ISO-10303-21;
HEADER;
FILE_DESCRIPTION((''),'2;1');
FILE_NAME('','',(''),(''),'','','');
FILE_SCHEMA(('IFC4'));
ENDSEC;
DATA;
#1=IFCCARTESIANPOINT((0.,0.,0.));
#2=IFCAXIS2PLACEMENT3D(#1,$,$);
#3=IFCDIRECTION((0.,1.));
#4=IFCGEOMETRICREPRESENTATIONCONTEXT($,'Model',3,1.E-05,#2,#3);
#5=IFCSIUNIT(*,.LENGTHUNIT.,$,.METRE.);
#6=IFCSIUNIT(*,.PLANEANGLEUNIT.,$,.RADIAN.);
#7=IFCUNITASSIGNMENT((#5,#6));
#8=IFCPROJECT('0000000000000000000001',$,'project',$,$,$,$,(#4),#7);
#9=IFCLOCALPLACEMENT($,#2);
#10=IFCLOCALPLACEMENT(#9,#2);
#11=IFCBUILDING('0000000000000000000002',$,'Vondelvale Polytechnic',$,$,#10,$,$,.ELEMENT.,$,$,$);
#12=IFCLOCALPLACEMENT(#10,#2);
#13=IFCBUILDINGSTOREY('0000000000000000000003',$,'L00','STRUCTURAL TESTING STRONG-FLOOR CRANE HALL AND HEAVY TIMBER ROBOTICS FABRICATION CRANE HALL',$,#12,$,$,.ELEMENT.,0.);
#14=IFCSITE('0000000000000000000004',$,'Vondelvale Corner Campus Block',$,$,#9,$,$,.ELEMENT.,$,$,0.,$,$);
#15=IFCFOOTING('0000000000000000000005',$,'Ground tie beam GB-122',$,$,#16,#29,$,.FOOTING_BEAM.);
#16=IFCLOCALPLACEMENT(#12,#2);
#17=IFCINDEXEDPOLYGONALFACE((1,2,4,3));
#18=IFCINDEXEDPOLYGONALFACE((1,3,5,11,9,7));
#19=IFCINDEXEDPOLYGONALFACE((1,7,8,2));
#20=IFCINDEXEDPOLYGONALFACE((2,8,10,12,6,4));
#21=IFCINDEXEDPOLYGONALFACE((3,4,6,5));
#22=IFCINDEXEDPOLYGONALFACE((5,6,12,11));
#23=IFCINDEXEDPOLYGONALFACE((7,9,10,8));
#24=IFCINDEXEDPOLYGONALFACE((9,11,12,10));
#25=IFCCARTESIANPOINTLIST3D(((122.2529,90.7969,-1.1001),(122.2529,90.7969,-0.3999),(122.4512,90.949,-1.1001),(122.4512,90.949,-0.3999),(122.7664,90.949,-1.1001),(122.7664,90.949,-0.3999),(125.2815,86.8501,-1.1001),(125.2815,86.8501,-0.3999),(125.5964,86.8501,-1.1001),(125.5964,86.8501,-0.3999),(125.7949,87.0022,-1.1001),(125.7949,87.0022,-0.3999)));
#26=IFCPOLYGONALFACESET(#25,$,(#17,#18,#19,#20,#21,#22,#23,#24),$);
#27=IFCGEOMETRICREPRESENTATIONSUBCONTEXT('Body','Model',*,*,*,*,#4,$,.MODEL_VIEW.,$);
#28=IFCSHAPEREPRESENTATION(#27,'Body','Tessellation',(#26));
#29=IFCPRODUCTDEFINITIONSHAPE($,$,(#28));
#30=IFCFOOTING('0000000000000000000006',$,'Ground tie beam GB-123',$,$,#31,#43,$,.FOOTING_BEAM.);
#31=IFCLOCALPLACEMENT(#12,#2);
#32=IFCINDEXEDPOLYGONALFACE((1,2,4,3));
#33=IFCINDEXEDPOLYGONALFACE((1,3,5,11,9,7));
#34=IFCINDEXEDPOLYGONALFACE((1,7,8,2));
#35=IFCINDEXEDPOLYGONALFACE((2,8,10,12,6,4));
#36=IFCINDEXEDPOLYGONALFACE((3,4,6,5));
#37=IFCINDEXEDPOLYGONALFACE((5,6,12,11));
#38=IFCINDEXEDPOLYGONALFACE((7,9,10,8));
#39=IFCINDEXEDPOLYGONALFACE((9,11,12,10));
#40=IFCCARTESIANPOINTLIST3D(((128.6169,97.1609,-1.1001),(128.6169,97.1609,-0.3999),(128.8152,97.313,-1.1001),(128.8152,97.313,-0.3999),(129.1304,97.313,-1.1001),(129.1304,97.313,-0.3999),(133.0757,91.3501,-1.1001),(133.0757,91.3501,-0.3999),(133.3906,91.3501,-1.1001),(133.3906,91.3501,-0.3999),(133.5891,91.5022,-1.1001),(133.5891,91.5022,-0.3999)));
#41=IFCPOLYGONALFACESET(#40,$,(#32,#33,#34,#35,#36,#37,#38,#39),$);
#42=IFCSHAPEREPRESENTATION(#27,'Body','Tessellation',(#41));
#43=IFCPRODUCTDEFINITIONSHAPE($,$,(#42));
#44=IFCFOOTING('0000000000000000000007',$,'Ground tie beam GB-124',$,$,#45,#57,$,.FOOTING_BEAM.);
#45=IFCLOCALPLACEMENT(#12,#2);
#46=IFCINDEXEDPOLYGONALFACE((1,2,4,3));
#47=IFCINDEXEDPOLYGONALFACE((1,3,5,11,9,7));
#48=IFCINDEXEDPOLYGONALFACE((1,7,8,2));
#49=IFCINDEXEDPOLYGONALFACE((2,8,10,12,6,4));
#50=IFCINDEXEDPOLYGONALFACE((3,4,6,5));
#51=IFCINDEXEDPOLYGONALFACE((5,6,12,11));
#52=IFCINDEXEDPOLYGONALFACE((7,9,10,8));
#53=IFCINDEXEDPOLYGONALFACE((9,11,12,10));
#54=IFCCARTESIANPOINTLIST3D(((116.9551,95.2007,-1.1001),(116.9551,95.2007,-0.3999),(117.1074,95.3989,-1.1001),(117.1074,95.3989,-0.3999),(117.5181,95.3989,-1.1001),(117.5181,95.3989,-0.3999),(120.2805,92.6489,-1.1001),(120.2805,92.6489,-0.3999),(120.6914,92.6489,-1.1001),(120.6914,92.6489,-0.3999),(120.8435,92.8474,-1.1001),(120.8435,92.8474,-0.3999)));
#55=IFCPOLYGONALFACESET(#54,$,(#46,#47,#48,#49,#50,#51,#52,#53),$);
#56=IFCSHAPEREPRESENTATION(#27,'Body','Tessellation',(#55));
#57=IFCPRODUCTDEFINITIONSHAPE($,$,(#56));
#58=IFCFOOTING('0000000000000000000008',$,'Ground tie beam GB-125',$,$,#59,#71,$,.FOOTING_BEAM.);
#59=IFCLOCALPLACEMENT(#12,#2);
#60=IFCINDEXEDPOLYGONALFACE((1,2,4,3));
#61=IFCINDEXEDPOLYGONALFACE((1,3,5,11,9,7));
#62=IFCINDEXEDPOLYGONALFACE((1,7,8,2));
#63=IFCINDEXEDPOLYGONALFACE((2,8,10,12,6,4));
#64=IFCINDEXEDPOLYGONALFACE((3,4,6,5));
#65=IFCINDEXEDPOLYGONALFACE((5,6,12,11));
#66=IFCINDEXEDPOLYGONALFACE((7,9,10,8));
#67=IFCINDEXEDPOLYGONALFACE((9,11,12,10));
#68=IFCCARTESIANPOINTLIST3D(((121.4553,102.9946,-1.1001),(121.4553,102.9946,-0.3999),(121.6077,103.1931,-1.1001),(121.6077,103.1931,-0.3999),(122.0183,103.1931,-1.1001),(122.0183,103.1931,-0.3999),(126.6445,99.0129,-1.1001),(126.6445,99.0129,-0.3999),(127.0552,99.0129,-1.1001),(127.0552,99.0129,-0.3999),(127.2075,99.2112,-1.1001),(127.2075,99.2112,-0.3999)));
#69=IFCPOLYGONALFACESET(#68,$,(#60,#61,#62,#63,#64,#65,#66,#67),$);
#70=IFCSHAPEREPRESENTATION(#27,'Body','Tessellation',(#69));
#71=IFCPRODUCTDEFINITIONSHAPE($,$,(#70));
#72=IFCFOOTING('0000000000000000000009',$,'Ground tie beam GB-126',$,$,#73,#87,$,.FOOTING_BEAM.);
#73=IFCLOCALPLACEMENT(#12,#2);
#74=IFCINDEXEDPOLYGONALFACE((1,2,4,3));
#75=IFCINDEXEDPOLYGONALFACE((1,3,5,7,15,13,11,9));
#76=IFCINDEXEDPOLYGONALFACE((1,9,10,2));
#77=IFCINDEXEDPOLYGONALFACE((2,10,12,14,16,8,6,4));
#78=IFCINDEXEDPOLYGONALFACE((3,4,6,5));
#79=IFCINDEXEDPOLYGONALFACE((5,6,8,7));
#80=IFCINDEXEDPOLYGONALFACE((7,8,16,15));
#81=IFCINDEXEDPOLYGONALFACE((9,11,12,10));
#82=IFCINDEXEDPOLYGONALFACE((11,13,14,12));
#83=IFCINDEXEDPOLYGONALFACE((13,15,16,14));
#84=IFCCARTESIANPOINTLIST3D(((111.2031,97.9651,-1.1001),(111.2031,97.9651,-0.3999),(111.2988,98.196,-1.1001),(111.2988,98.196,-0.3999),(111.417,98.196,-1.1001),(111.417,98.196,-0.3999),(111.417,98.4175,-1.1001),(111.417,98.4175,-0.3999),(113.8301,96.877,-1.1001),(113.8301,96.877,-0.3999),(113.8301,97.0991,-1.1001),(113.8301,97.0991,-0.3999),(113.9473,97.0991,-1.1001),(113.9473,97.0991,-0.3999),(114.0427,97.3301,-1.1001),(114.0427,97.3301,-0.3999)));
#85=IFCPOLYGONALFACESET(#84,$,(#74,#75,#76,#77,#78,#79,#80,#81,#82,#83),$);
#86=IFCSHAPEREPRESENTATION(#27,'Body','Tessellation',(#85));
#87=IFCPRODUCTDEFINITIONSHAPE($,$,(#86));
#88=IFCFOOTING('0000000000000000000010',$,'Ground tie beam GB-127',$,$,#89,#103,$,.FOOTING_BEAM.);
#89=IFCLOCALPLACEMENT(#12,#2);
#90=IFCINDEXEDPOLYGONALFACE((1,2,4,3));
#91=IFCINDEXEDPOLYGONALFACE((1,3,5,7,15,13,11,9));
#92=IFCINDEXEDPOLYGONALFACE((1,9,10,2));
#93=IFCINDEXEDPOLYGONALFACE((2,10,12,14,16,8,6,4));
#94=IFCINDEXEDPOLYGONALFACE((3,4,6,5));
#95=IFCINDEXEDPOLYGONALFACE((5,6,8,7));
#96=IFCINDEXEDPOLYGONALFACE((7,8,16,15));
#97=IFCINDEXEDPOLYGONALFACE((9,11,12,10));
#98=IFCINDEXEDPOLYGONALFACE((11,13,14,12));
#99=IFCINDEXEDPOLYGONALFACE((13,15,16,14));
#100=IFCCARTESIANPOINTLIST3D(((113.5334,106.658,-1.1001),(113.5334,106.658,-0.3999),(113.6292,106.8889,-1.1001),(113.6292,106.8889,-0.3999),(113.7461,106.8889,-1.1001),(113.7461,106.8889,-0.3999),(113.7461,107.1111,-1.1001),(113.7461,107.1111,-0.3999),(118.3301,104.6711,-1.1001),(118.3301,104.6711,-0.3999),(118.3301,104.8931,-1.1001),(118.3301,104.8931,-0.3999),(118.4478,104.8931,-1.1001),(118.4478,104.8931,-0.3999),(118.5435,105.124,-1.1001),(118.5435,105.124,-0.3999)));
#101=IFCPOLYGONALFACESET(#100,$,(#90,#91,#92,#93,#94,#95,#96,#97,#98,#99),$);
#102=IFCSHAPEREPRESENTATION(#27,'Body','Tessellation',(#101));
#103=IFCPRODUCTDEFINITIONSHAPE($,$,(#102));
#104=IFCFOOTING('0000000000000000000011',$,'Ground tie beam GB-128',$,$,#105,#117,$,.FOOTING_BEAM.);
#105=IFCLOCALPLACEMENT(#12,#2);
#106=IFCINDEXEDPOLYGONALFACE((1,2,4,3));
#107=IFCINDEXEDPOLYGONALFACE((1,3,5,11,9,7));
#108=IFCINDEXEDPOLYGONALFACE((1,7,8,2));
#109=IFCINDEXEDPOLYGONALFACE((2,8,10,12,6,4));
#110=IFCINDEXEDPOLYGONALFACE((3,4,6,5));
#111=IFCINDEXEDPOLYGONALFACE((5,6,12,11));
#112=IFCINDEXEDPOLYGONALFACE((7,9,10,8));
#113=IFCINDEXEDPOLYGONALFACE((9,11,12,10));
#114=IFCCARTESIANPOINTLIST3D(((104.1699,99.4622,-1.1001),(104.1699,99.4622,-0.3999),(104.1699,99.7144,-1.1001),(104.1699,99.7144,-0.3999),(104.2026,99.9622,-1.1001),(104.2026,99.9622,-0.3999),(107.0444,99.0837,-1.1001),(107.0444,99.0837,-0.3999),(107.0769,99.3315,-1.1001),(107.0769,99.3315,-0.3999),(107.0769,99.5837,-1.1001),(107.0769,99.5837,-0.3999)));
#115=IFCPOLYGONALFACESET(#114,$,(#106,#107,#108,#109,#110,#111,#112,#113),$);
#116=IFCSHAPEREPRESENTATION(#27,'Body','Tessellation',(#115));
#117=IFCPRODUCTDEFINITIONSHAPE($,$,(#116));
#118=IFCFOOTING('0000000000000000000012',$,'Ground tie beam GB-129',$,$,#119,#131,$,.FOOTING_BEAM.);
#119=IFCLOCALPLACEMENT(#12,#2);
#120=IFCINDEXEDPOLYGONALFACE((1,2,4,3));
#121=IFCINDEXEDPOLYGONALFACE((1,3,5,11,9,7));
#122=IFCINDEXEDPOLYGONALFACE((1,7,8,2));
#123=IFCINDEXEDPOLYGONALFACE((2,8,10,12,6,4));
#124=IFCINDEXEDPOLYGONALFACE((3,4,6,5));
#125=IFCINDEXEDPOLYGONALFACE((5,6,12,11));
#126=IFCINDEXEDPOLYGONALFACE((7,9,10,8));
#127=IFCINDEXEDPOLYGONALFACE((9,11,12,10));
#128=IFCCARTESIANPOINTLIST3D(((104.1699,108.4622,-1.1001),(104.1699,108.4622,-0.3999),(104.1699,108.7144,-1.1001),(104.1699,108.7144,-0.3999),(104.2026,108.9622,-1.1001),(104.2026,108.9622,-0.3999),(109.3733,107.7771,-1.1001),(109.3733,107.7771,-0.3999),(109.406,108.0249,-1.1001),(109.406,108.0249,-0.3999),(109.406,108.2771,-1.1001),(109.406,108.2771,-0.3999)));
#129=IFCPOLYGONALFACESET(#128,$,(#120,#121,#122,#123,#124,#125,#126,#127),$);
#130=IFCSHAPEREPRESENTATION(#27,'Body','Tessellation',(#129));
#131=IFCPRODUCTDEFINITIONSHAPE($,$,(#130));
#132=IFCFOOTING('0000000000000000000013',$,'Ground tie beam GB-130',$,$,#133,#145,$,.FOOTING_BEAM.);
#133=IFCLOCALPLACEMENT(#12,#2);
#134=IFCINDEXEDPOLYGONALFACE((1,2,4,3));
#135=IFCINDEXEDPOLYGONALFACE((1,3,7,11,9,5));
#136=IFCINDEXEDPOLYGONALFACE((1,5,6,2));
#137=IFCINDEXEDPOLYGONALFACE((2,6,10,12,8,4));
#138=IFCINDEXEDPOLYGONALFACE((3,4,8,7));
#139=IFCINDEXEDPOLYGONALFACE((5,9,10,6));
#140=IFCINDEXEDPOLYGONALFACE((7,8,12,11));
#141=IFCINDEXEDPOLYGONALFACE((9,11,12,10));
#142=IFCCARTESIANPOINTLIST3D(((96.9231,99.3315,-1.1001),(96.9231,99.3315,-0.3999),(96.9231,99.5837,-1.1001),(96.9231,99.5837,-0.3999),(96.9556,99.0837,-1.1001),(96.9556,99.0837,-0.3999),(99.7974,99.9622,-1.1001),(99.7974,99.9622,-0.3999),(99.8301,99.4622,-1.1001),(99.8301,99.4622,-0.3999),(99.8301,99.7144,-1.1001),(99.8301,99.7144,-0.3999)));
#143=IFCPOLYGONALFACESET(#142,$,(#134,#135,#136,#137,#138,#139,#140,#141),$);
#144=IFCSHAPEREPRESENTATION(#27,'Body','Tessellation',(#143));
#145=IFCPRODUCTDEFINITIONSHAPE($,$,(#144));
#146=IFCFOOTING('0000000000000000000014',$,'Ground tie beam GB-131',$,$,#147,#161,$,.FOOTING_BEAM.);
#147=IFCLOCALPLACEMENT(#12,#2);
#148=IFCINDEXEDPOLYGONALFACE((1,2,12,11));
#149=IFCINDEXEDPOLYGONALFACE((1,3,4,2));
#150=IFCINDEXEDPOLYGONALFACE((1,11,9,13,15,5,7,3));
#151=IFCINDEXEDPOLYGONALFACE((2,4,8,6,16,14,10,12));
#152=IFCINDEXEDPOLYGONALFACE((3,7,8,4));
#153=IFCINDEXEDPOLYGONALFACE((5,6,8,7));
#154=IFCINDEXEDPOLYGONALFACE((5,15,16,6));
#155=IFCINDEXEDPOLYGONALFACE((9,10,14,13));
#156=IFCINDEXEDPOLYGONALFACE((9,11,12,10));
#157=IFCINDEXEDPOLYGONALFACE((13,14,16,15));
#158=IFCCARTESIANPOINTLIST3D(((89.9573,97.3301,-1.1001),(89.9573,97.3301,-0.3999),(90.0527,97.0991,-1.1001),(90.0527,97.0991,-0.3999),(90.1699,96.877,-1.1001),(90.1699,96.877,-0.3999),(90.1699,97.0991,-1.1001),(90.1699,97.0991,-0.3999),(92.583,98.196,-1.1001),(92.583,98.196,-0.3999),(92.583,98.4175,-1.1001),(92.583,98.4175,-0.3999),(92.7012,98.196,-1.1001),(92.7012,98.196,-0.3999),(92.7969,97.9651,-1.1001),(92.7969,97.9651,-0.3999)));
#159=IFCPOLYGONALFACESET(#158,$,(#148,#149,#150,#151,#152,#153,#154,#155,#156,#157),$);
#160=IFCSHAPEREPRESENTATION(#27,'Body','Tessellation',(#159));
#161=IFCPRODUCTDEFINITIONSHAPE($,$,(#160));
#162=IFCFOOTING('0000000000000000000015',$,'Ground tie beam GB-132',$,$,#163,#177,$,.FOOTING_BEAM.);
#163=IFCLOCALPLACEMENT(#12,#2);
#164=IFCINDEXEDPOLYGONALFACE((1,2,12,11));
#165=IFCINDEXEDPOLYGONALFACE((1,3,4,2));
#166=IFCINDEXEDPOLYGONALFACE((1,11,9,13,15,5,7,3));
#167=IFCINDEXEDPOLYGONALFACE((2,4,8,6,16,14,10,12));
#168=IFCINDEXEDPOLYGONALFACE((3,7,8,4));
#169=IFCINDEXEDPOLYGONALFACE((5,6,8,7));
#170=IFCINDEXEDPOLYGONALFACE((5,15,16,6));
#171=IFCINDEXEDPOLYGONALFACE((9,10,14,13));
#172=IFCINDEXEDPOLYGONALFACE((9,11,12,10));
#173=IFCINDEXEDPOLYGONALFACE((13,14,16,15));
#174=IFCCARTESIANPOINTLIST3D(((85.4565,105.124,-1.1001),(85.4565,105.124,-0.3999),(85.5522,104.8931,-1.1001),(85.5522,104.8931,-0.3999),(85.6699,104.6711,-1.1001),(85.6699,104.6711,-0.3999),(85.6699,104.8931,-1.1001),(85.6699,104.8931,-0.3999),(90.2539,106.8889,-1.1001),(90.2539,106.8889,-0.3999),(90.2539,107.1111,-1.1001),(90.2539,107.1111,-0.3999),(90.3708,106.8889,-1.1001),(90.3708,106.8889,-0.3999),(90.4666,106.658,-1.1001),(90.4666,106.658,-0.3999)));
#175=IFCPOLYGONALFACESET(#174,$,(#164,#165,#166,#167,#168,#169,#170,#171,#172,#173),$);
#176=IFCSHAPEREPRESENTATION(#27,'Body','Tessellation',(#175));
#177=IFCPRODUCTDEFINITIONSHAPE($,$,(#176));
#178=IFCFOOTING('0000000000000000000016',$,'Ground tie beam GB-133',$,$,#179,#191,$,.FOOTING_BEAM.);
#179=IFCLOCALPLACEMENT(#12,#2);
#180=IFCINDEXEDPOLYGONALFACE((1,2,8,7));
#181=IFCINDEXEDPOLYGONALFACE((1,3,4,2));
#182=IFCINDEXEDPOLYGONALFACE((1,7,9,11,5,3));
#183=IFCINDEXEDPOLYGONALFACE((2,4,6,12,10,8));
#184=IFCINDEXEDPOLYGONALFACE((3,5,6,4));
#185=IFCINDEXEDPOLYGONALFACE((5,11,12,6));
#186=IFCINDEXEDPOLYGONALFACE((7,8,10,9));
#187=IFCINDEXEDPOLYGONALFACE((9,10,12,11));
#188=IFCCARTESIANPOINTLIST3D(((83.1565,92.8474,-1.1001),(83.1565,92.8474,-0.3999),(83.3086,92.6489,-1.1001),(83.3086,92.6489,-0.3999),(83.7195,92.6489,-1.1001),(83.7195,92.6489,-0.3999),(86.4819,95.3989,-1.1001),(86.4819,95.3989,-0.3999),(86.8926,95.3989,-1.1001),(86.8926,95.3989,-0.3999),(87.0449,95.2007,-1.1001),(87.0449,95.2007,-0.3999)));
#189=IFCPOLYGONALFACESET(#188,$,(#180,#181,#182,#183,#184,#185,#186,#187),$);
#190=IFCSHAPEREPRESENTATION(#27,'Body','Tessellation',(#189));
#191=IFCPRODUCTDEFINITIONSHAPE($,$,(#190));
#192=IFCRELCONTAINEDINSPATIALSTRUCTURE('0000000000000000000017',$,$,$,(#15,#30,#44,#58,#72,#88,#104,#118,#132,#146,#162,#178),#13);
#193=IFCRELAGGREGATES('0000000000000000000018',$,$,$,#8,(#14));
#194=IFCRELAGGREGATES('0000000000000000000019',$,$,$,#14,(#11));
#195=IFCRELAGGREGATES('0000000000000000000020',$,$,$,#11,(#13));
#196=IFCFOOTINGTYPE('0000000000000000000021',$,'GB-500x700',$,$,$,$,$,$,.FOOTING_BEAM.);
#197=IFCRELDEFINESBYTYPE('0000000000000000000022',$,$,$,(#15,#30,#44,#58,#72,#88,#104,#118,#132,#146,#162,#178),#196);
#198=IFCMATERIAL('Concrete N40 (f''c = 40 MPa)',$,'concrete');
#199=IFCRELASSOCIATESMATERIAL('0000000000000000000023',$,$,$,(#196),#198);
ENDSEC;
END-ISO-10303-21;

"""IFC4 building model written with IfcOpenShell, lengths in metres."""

from ifc_helpers import new_model, si_unit, direction, frame, origin, place, context, subcontext, project, spatial, polyline, outline, extrude, material, type_object, element, save


model = new_model("IFC4")

# Units and contexts
model_context = context("Model", 3, precision=1e-05, world=origin(), true_north=direction((0.0, 1.0)))
body_context = subcontext(model_context, "Body", "Model", "MODEL_VIEW")
ifc_project = project(units=[si_unit("LENGTHUNIT", "METRE"), si_unit("PLANEANGLEUNIT", "RADIAN")], contexts=[model_context])

# Site, building, storey
site_placement = place(None, origin())
site = spatial("IfcSite", under=ifc_project, at=site_placement, Name="Vondelvale Corner Campus Block", CompositionType="ELEMENT", RefElevation=0.0)
building_placement = place(site_placement, origin())
building = spatial("IfcBuilding", under=site, at=building_placement, Name="Vondelvale Polytechnic", CompositionType="ELEMENT")
storey_placement = place(building_placement, origin())
storey = spatial("IfcBuildingStorey", under=building, at=storey_placement, Name="L00", Description="STRUCTURAL TESTING STRONG-FLOOR CRANE HALL AND HEAVY TIMBER ROBOTICS FABRICATION CRANE HALL", CompositionType="ELEMENT", Elevation=0.0)

# Footings
ifc_material = material(Name="Concrete N40 (f'c = 40 MPa)", Category="concrete")
footing_type = type_object("IfcFootingType", Name="GB-500x700", PredefinedType="FOOTING_BEAM", material=ifc_material)
footing_1_placement = place(storey_placement, frame((0.0, 0.0, -1.1001)))
element("IfcFooting", 1, at=footing_1_placement, inside=storey, type_object=footing_type, Name="Ground tie beam GB-122", PredefinedType="FOOTING_BEAM", context=body_context, shape_type="SweptSolid", body=[
    extrude(outline(polyline([(125.7949, 87.0022), (125.5964, 86.8501), (125.2815, 86.8501), (122.2529, 90.7969), (122.4512, 90.949), (122.7664, 90.949), (125.7949, 87.0022)])), origin(), (0.0, 0.0, 1.0), 0.7002),
])
footing_2_placement = place(storey_placement, frame((0.0, 0.0, -1.1001)))
element("IfcFooting", 2, at=footing_2_placement, inside=storey, type_object=footing_type, Name="Ground tie beam GB-123", PredefinedType="FOOTING_BEAM", context=body_context, shape_type="SweptSolid", body=[
    extrude(outline(polyline([(133.5891, 91.5022), (133.3906, 91.3501), (133.0757, 91.3501), (128.6169, 97.1609), (128.8152, 97.313), (129.1304, 97.313), (133.5891, 91.5022)])), origin(), (0.0, 0.0, 1.0), 0.7002),
])
footing_3_placement = place(storey_placement, frame((0.0, 0.0, -1.1001)))
element("IfcFooting", 3, at=footing_3_placement, inside=storey, type_object=footing_type, Name="Ground tie beam GB-124", PredefinedType="FOOTING_BEAM", context=body_context, shape_type="SweptSolid", body=[
    extrude(outline(polyline([(120.8435, 92.8474), (120.6914, 92.6489), (120.2805, 92.6489), (116.9551, 95.2007), (117.1074, 95.3989), (117.5181, 95.3989), (120.8435, 92.8474)])), origin(), (0.0, 0.0, 1.0), 0.7002),
])
footing_4_placement = place(storey_placement, frame((0.0, 0.0, -1.1001)))
element("IfcFooting", 4, at=footing_4_placement, inside=storey, type_object=footing_type, Name="Ground tie beam GB-125", PredefinedType="FOOTING_BEAM", context=body_context, shape_type="SweptSolid", body=[
    extrude(outline(polyline([(127.2075, 99.2112), (127.0552, 99.0129), (126.6445, 99.0129), (121.4553, 102.9946), (121.6077, 103.1931), (122.0183, 103.1931), (127.2075, 99.2112)])), origin(), (0.0, 0.0, 1.0), 0.7002),
])
footing_5_placement = place(storey_placement, frame((0.0, 0.0, -1.1001)))
element("IfcFooting", 5, at=footing_5_placement, inside=storey, type_object=footing_type, Name="Ground tie beam GB-126", PredefinedType="FOOTING_BEAM", context=body_context, shape_type="SweptSolid", body=[
    extrude(outline(polyline([(114.0427, 97.3301), (113.9473, 97.0991), (113.8301, 97.0991), (113.8301, 96.877), (111.2031, 97.9651), (111.2988, 98.196), (111.417, 98.196), (111.417, 98.4175), (114.0427, 97.3301)])), origin(), (0.0, 0.0, 1.0), 0.7002),
])
footing_6_placement = place(storey_placement, frame((0.0, 0.0, -1.1001)))
element("IfcFooting", 6, at=footing_6_placement, inside=storey, type_object=footing_type, Name="Ground tie beam GB-127", PredefinedType="FOOTING_BEAM", context=body_context, shape_type="SweptSolid", body=[
    extrude(outline(polyline([(118.5435, 105.124), (118.4478, 104.8931), (118.3301, 104.8931), (118.3301, 104.6711), (113.5334, 106.658), (113.6292, 106.8889), (113.7461, 106.8889), (113.7461, 107.1111), (118.5435, 105.124)])), origin(), (0.0, 0.0, 1.0), 0.7002),
])
footing_7_placement = place(storey_placement, frame((0.0, 0.0, -1.1001)))
element("IfcFooting", 7, at=footing_7_placement, inside=storey, type_object=footing_type, Name="Ground tie beam GB-128", PredefinedType="FOOTING_BEAM", context=body_context, shape_type="SweptSolid", body=[
    extrude(outline(polyline([(104.2026, 99.9622), (107.0769, 99.5837), (107.0769, 99.3315), (107.0444, 99.0837), (104.1699, 99.4622), (104.1699, 99.7144), (104.2026, 99.9622)])), origin(), (0.0, 0.0, 1.0), 0.7002),
])
footing_8_placement = place(storey_placement, frame((0.0, 0.0, -1.1001)))
element("IfcFooting", 8, at=footing_8_placement, inside=storey, type_object=footing_type, Name="Ground tie beam GB-129", PredefinedType="FOOTING_BEAM", context=body_context, shape_type="SweptSolid", body=[
    extrude(outline(polyline([(104.2026, 108.9622), (109.406, 108.2771), (109.406, 108.0249), (109.3733, 107.7771), (104.1699, 108.4622), (104.1699, 108.7144), (104.2026, 108.9622)])), origin(), (0.0, 0.0, 1.0), 0.7002),
])
footing_9_placement = place(storey_placement, frame((0.0, 0.0, -1.1001)))
element("IfcFooting", 9, at=footing_9_placement, inside=storey, type_object=footing_type, Name="Ground tie beam GB-130", PredefinedType="FOOTING_BEAM", context=body_context, shape_type="SweptSolid", body=[
    extrude(outline(polyline([(99.7974, 99.9622), (99.8301, 99.7144), (99.8301, 99.4622), (96.9556, 99.0837), (96.9231, 99.3315), (96.9231, 99.5837), (99.7974, 99.9622)])), origin(), (0.0, 0.0, 1.0), 0.7002),
])
footing_10_placement = place(storey_placement, frame((0.0, 0.0, -1.1001)))
element("IfcFooting", 10, at=footing_10_placement, inside=storey, type_object=footing_type, Name="Ground tie beam GB-131", PredefinedType="FOOTING_BEAM", context=body_context, shape_type="SweptSolid", body=[
    extrude(outline(polyline([(89.9573, 97.3301), (92.583, 98.4175), (92.583, 98.196), (92.7012, 98.196), (92.7969, 97.9651), (90.1699, 96.877), (90.1699, 97.0991), (90.0527, 97.0991), (89.9573, 97.3301)])), origin(), (0.0, 0.0, 1.0), 0.7002),
])
footing_11_placement = place(storey_placement, frame((0.0, 0.0, -1.1001)))
element("IfcFooting", 11, at=footing_11_placement, inside=storey, type_object=footing_type, Name="Ground tie beam GB-132", PredefinedType="FOOTING_BEAM", context=body_context, shape_type="SweptSolid", body=[
    extrude(outline(polyline([(85.4565, 105.124), (90.2539, 107.1111), (90.2539, 106.8889), (90.3708, 106.8889), (90.4666, 106.658), (85.6699, 104.6711), (85.6699, 104.8931), (85.5522, 104.8931), (85.4565, 105.124)])), origin(), (0.0, 0.0, 1.0), 0.7002),
])
footing_12_placement = place(storey_placement, frame((0.0, 0.0, -1.1001)))
element("IfcFooting", 12, at=footing_12_placement, inside=storey, type_object=footing_type, Name="Ground tie beam GB-133", PredefinedType="FOOTING_BEAM", context=body_context, shape_type="SweptSolid", body=[
    extrude(outline(polyline([(83.1565, 92.8474), (86.4819, 95.3989), (86.8926, 95.3989), (87.0449, 95.2007), (83.7195, 92.6489), (83.3086, 92.6489), (83.1565, 92.8474)])), origin(), (0.0, 0.0, 1.0), 0.7002),
])

save(model, "model.ifc")
